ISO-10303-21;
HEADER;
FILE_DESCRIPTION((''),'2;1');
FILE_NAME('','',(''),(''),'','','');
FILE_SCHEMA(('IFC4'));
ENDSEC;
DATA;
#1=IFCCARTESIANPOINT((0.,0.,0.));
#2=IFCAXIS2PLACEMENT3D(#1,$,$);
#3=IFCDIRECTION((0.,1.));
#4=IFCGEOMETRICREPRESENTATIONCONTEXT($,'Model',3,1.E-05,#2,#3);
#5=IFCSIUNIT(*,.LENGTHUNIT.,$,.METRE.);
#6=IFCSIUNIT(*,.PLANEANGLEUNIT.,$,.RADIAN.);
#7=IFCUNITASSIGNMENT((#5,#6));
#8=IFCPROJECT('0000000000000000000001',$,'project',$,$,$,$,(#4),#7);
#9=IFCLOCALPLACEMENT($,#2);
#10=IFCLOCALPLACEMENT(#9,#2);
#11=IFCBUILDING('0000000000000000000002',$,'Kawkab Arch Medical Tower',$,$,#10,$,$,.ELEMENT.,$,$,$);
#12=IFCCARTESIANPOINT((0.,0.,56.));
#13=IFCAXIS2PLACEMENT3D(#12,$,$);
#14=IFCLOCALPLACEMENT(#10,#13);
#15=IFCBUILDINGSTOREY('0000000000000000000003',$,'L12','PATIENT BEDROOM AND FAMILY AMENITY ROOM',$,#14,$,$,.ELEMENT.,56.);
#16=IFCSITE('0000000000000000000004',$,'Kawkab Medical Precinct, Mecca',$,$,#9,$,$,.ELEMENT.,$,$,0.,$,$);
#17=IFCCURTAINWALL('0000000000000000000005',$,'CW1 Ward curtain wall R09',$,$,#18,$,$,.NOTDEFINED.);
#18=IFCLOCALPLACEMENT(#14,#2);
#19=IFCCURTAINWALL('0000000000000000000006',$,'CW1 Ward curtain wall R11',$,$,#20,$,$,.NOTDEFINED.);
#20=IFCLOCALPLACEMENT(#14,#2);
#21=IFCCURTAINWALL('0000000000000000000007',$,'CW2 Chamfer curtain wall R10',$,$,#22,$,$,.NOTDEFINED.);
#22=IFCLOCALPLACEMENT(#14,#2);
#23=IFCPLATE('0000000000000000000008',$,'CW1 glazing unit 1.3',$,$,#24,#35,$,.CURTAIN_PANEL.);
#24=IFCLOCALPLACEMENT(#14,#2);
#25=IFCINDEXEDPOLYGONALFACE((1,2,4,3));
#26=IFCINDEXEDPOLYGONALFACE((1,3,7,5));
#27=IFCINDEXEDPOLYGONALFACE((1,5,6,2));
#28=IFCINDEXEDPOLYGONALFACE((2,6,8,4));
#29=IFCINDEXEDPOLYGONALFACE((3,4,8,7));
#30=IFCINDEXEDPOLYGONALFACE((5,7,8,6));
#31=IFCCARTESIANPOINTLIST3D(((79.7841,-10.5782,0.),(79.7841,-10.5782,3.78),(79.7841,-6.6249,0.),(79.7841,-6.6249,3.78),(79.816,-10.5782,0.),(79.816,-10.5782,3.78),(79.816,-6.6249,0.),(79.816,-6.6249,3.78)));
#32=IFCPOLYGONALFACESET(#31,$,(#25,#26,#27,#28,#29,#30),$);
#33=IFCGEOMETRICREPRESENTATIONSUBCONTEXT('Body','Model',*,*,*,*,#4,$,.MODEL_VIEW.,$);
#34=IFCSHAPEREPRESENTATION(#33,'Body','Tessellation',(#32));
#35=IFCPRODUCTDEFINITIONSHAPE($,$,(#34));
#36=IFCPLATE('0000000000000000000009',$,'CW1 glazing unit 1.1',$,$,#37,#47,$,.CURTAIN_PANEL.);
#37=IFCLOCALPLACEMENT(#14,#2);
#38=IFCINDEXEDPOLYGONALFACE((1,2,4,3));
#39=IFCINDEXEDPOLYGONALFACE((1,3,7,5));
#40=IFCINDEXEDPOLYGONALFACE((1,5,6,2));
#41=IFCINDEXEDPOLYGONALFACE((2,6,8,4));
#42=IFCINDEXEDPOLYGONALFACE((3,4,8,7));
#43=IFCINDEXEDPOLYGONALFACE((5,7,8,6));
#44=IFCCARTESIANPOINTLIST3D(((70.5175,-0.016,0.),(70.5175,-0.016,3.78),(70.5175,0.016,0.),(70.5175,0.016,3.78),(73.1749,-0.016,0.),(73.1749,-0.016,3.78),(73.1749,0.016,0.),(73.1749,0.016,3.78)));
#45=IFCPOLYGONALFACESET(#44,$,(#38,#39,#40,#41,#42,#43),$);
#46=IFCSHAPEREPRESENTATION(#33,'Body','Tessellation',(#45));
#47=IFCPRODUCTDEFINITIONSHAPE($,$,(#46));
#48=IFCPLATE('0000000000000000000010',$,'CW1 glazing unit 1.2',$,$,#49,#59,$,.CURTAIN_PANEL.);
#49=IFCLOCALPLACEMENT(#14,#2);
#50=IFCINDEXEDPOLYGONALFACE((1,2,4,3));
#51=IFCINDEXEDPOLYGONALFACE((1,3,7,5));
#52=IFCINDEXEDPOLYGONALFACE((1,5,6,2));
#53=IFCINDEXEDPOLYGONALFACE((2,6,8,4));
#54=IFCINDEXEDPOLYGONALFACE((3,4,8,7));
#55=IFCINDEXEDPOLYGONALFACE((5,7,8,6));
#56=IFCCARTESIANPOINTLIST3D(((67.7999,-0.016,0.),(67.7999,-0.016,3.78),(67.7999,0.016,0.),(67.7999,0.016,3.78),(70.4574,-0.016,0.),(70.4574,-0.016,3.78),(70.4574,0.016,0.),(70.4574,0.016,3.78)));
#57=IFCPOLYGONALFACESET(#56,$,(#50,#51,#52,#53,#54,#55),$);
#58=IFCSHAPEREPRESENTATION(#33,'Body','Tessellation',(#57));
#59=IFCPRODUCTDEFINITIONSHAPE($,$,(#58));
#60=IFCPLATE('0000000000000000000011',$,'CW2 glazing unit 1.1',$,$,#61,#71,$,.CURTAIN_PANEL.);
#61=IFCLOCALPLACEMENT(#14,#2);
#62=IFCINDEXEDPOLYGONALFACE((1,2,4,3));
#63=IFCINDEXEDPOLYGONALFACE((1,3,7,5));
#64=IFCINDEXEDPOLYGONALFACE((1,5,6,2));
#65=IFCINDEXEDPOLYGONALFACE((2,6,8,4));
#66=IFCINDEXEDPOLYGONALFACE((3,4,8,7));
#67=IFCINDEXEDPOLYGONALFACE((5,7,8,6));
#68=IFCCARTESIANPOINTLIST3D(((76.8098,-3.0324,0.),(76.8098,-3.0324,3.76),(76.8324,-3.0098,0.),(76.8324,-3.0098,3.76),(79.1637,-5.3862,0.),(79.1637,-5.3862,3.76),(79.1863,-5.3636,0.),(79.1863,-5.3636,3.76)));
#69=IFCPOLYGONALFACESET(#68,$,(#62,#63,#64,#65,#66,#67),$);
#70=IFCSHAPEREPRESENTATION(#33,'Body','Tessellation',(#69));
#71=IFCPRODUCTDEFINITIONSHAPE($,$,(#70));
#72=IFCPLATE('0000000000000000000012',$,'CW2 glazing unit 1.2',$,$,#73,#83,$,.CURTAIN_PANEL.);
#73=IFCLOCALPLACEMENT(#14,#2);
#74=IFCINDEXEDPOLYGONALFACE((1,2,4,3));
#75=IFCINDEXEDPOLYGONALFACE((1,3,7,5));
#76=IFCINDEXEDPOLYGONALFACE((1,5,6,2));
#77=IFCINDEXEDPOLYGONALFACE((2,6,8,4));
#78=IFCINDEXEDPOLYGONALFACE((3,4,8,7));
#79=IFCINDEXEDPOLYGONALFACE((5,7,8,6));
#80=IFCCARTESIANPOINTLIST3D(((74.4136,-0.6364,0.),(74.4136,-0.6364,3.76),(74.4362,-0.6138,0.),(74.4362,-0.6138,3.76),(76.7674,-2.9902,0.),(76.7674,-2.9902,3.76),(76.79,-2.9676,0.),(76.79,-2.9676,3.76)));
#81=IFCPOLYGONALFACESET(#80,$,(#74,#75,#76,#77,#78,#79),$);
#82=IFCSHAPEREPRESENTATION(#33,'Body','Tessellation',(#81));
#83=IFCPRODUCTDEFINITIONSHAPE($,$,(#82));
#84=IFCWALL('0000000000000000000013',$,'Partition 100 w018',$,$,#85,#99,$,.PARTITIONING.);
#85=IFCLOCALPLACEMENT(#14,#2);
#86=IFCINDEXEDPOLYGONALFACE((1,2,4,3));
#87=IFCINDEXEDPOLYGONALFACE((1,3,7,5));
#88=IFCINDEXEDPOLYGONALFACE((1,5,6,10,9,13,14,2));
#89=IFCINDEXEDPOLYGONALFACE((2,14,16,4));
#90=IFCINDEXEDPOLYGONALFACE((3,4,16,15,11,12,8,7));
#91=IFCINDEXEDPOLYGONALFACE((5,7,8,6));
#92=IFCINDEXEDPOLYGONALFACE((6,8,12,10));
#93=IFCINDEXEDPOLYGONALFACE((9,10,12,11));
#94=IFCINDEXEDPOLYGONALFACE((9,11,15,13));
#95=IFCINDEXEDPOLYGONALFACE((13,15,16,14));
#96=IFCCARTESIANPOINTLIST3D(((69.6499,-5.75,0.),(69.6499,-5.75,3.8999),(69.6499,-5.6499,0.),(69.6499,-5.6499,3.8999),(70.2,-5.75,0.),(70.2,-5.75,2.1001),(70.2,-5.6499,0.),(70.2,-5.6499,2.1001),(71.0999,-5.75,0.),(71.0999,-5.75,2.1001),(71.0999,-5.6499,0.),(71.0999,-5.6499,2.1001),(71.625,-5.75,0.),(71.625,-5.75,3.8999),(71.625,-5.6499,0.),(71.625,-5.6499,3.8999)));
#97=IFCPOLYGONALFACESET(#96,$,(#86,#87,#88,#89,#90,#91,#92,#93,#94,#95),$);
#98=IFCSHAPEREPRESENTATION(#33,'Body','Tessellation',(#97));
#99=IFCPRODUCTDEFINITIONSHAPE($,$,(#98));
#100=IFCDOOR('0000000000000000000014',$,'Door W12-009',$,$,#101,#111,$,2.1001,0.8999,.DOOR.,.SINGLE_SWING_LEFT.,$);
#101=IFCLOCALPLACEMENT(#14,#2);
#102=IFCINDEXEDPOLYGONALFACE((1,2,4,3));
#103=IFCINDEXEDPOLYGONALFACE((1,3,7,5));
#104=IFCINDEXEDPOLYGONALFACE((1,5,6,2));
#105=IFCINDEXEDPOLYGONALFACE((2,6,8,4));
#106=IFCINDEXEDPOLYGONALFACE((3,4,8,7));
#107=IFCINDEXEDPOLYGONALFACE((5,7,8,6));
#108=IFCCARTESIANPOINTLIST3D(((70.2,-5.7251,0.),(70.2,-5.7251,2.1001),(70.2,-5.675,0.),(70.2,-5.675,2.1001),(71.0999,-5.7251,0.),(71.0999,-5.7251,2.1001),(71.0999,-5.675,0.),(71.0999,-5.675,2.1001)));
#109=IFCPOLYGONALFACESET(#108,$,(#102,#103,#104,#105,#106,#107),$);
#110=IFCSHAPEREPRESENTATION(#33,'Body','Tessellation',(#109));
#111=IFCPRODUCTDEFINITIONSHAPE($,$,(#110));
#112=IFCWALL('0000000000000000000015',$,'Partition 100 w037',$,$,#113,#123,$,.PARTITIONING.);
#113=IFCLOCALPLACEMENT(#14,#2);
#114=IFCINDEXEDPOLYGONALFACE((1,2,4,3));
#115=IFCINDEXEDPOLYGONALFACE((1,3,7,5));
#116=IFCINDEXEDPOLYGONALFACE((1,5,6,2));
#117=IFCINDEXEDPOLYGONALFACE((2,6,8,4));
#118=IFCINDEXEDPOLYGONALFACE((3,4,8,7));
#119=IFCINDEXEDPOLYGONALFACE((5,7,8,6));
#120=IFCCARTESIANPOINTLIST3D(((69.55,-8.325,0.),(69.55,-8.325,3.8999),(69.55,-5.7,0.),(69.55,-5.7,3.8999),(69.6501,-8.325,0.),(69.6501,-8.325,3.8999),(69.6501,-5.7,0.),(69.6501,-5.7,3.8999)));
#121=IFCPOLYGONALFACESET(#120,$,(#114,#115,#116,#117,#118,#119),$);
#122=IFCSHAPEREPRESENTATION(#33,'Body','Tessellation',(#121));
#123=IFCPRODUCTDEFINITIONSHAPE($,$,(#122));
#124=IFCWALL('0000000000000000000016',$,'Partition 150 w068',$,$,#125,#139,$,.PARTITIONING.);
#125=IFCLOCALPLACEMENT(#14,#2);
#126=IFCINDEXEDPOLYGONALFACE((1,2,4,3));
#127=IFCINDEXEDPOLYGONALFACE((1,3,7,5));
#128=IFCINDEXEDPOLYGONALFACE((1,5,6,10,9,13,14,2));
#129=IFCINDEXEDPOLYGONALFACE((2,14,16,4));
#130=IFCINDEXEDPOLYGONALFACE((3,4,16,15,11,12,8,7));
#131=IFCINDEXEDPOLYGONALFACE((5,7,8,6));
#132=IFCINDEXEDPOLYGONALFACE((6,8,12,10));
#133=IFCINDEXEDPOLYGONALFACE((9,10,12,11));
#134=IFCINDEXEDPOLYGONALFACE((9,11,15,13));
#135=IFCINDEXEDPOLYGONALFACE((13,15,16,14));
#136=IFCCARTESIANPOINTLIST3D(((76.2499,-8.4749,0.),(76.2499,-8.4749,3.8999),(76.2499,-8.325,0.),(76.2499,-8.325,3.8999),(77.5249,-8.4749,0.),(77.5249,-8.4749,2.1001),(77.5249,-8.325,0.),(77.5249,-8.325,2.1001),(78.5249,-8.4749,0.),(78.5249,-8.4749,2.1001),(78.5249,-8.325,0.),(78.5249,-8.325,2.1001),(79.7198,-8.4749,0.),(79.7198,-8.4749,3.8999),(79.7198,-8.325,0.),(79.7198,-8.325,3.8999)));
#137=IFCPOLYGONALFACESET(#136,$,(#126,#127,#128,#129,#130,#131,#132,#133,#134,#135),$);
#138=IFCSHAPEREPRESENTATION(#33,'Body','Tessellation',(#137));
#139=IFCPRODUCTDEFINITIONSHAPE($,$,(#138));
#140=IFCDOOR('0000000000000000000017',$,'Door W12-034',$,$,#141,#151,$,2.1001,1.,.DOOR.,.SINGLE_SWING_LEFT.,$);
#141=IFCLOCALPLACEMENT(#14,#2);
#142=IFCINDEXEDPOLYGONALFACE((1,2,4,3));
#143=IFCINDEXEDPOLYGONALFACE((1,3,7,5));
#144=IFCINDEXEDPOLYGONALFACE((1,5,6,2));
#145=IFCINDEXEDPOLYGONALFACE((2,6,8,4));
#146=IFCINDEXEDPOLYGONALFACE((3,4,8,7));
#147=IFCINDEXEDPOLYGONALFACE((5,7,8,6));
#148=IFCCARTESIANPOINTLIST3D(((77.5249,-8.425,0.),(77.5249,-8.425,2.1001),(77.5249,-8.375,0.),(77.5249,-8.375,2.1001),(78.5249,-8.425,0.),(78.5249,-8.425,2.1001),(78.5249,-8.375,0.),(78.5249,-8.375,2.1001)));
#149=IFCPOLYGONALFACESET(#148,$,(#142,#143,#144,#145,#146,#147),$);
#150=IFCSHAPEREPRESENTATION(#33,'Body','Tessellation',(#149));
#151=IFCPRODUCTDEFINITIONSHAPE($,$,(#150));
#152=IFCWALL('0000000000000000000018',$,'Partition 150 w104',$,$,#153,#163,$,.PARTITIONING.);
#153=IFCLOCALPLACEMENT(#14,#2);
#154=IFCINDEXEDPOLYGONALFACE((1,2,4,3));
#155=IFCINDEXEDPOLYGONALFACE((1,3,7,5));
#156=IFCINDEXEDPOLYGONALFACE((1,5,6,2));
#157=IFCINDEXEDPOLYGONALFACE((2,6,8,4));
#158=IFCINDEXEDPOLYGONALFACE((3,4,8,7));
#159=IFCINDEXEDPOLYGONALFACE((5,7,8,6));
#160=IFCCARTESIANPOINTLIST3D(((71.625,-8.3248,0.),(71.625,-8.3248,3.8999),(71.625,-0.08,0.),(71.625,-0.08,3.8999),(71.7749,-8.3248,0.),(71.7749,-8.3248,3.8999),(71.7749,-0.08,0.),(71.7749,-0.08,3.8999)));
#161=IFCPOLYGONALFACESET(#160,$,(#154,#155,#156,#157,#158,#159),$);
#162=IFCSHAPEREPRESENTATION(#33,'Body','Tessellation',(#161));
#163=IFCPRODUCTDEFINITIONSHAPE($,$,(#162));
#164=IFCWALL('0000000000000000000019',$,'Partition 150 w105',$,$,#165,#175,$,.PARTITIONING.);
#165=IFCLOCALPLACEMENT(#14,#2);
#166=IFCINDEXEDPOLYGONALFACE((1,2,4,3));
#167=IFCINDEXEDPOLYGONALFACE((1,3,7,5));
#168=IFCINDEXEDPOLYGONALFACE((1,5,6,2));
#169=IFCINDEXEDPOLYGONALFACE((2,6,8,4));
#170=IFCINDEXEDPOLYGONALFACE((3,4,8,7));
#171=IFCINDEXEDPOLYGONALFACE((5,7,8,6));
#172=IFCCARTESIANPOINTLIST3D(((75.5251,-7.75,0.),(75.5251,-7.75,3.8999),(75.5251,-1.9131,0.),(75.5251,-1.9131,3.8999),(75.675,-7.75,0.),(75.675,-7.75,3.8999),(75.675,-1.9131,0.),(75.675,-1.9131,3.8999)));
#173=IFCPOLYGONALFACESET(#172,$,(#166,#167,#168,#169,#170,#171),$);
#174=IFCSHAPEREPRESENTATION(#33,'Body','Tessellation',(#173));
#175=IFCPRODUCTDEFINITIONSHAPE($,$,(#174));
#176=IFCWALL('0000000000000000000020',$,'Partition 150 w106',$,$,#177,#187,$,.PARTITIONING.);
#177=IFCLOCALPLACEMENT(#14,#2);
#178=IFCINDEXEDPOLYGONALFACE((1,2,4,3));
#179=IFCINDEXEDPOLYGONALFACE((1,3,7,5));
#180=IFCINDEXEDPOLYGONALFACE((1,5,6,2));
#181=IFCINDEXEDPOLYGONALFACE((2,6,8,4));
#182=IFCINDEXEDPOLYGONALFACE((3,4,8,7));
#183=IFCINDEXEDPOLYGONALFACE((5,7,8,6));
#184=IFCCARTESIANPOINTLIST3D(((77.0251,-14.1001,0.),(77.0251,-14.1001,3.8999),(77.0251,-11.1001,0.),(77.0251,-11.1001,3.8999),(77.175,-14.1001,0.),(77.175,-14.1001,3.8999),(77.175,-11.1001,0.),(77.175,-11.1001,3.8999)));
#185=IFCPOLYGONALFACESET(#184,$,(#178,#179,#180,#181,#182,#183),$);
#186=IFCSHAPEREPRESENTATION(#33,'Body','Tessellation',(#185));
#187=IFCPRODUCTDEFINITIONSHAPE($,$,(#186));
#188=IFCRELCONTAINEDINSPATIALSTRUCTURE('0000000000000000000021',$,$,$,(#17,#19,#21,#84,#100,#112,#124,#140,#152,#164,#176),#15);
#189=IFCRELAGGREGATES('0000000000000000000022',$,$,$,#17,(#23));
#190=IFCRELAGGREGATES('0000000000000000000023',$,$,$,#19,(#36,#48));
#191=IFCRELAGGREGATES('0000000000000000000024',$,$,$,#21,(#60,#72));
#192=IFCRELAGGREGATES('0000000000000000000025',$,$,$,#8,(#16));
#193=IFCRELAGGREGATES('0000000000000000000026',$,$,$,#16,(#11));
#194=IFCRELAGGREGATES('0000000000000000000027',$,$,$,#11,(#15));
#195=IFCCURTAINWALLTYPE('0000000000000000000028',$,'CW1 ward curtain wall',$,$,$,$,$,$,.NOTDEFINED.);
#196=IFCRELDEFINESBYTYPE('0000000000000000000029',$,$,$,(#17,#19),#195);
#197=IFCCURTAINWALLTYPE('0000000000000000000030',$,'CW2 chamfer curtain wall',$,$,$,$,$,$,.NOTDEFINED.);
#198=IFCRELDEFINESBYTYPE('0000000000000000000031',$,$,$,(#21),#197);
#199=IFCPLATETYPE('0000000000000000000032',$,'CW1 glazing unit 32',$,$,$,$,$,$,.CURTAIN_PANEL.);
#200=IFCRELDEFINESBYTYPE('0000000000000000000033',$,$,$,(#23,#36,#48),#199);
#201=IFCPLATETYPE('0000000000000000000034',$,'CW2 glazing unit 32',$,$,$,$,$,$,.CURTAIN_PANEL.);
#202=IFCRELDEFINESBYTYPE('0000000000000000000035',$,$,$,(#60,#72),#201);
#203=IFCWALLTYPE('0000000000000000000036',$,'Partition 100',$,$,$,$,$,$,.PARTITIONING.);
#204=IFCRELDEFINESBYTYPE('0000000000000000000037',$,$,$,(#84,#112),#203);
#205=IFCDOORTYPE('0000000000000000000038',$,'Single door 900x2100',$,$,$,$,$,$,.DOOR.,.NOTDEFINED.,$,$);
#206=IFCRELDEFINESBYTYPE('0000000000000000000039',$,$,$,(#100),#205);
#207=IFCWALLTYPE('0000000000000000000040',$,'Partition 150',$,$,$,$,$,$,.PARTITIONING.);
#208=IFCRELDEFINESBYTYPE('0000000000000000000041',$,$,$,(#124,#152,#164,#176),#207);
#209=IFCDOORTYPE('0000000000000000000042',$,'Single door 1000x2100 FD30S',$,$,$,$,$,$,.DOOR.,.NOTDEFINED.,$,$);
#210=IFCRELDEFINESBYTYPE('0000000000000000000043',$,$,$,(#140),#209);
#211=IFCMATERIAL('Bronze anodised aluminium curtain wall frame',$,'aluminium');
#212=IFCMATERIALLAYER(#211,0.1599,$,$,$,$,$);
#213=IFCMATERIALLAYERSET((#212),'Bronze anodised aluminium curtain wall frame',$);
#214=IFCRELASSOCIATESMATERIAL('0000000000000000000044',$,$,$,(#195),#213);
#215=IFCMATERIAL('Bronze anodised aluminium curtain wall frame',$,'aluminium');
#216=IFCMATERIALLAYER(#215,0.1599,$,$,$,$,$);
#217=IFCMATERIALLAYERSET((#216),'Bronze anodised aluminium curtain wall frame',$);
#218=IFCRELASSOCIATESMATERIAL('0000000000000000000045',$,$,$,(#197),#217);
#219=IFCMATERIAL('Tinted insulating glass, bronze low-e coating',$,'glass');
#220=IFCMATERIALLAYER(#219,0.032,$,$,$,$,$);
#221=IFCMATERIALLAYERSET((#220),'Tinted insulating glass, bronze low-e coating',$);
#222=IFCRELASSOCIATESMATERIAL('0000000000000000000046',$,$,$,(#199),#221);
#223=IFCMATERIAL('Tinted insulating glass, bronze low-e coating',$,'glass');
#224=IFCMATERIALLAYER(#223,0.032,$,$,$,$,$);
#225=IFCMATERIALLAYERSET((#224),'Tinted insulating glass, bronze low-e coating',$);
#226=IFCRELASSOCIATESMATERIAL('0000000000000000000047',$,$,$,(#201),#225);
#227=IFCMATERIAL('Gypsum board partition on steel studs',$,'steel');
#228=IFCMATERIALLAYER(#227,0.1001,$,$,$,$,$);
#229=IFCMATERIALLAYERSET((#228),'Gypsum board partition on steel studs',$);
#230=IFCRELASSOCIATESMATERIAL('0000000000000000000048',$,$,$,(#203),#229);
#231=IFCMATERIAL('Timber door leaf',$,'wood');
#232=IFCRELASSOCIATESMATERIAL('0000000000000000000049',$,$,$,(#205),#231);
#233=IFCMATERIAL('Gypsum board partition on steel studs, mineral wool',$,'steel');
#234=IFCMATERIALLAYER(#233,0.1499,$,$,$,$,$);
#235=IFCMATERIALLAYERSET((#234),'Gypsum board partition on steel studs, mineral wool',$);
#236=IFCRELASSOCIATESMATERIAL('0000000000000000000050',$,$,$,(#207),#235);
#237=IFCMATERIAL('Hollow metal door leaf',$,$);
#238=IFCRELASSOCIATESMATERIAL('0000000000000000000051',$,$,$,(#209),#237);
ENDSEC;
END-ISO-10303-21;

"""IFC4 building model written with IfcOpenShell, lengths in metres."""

from ifc_helpers import new_model, si_unit, direction, frame, frame_2d, origin, origin_2d, place, context, subcontext, project, spatial, rectangle, extrude, material, layer, layer_set, type_object, element, fill, aggregate, save


model = new_model("IFC4")

# Units and contexts
model_context = context("Model", 3, precision=1e-05, world=origin(), true_north=direction((0.0, 1.0)))
body_context = subcontext(model_context, "Body", "Model", "MODEL_VIEW")
ifc_project = project(units=[si_unit("LENGTHUNIT", "METRE"), si_unit("PLANEANGLEUNIT", "RADIAN")], contexts=[model_context])

# Site, building, storey
site_placement = place(None, origin())
site = spatial("IfcSite", under=ifc_project, at=site_placement, Name="Kawkab Medical Precinct, Mecca", CompositionType="ELEMENT", RefElevation=0.0)
building_placement = place(site_placement, origin())
building = spatial("IfcBuilding", under=site, at=building_placement, Name="Kawkab Arch Medical Tower", CompositionType="ELEMENT")
storey_placement = place(building_placement, frame((0.0, 0.0, 56.0)))
storey = spatial("IfcBuildingStorey", under=building, at=storey_placement, Name="L12", Description="PATIENT BEDROOM AND FAMILY AMENITY ROOM", CompositionType="ELEMENT", Elevation=56.0)

# Curtain walls
ifc_material_1 = material(Name="Bronze anodised aluminium curtain wall frame", Category="aluminium")
ifc_layer_1 = layer(ifc_material_1, 0.1599)
ifc_layer_set_1 = layer_set([ifc_layer_1], Name="Bronze anodised aluminium curtain wall frame")
curtain_wall_type_1 = type_object("IfcCurtainWallType", Name="CW1 ward curtain wall", PredefinedType="NOTDEFINED", material=ifc_layer_set_1)
placement = place(storey_placement, origin())
curtain_wall_1 = element("IfcCurtainWall", 1, at=placement, inside=storey, type_object=curtain_wall_type_1, Name="CW1 Ward curtain wall R09", PredefinedType="NOTDEFINED")
curtain_wall_2 = element("IfcCurtainWall", 2, at=placement, inside=storey, type_object=curtain_wall_type_1, Name="CW1 Ward curtain wall R11", PredefinedType="NOTDEFINED")
ifc_material_2 = material(Name="Bronze anodised aluminium curtain wall frame", Category="aluminium")
ifc_layer_2 = layer(ifc_material_2, 0.1599)
ifc_layer_set_2 = layer_set([ifc_layer_2], Name="Bronze anodised aluminium curtain wall frame")
curtain_wall_type_2 = type_object("IfcCurtainWallType", Name="CW2 chamfer curtain wall", PredefinedType="NOTDEFINED", material=ifc_layer_set_2)
curtain_wall_3 = element("IfcCurtainWall", 3, at=placement, inside=storey, type_object=curtain_wall_type_2, Name="CW2 Chamfer curtain wall R10", PredefinedType="NOTDEFINED")

# Plates
ifc_material_3 = material(Name="Tinted insulating glass, bronze low-e coating", Category="glass")
ifc_layer_3 = layer(ifc_material_3, 0.032)
ifc_layer_set_3 = layer_set([ifc_layer_3], Name="Tinted insulating glass, bronze low-e coating")
plate_type_1 = type_object("IfcPlateType", Name="CW1 glazing unit 32", PredefinedType="CURTAIN_PANEL", material=ifc_layer_set_3)
plate_1_placement = place(storey_placement, frame((79.8, -8.6016, 0.0), z_axis=(0.0, 0.0, 1.0), x_axis=(0.0, 1.0, 0.0)))
plate_1 = element("IfcPlate", 4, at=plate_1_placement, type_object=plate_type_1, Name="CW1 glazing unit 1.3", PredefinedType="CURTAIN_PANEL", context=body_context, shape_type="SweptSolid", body=[
    extrude(rectangle(XDim=3.9534, YDim=0.032, at=origin_2d()), origin(), (0.0, 0.0, 1.0), 3.78),
])
aggregate(curtain_wall_1, [plate_1])
plate_2_placement = place(storey_placement, frame((71.8462, 0.0, 0.0), z_axis=(0.0, 0.0, 1.0), x_axis=(-1.0, 0.0, 0.0)))
plate_2 = element("IfcPlate", 5, at=plate_2_placement, type_object=plate_type_1, Name="CW1 glazing unit 1.1", PredefinedType="CURTAIN_PANEL", context=body_context, shape_type="SweptSolid", body=[
    extrude(rectangle(XDim=2.6575, YDim=0.032, at=origin_2d()), origin(), (0.0, 0.0, 1.0), 3.78),
])
plate_3_placement = place(storey_placement, frame((69.1287, 0.0, 0.0), z_axis=(0.0, 0.0, 1.0), x_axis=(-1.0, 0.0, 0.0)))
plate_3 = element("IfcPlate", 6, at=plate_3_placement, type_object=plate_type_1, Name="CW1 glazing unit 1.2", PredefinedType="CURTAIN_PANEL", context=body_context, shape_type="SweptSolid", body=[
    extrude(rectangle(XDim=2.6575, YDim=0.032, at=origin_2d()), origin(), (0.0, 0.0, 1.0), 3.78),
])
aggregate(curtain_wall_2, [plate_2, plate_3])
ifc_material_4 = material(Name="Tinted insulating glass, bronze low-e coating", Category="glass")
ifc_layer_4 = layer(ifc_material_4, 0.032)
ifc_layer_set_4 = layer_set([ifc_layer_4], Name="Tinted insulating glass, bronze low-e coating")
plate_type_2 = type_object("IfcPlateType", Name="CW2 glazing unit 32", PredefinedType="CURTAIN_PANEL", material=ifc_layer_set_4)
plate_4_placement = place(storey_placement, frame((77.998, -4.198, 0.0), z_axis=(0.0, 0.0, 1.0), x_axis=(-0.707107, 0.707107, 0.0)))
plate_4 = element("IfcPlate", 7, at=plate_4_placement, type_object=plate_type_2, Name="CW2 glazing unit 1.1", PredefinedType="CURTAIN_PANEL", context=body_context, shape_type="SweptSolid", body=[
    extrude(rectangle(XDim=3.3289, YDim=0.032, at=origin_2d()), origin(), (0.0, 0.0, 1.0), 3.76),
])
plate_5_placement = place(storey_placement, frame((75.6018, -1.802, 0.0), z_axis=(0.0, 0.0, 1.0), x_axis=(-0.707107, 0.707107, 0.0)))
plate_5 = element("IfcPlate", 8, at=plate_5_placement, type_object=plate_type_2, Name="CW2 glazing unit 1.2", PredefinedType="CURTAIN_PANEL", context=body_context, shape_type="SweptSolid", body=[
    extrude(rectangle(XDim=3.3289, YDim=0.032, at=origin_2d()), origin(), (0.0, 0.0, 1.0), 3.76),
])
aggregate(curtain_wall_3, [plate_4, plate_5])

# Wall, opening, door
ifc_material_5 = material(Name="Gypsum board partition on steel studs", Category="steel")
ifc_layer_5 = layer(ifc_material_5, 0.1001)
ifc_layer_set_5 = layer_set([ifc_layer_5], Name="Gypsum board partition on steel studs")
wall_type_1 = type_object("IfcWallType", Name="Partition 100", PredefinedType="PARTITIONING", material=ifc_layer_set_5)
wall_1_placement = place(storey_placement, frame((69.6499, -5.7, 0.0), z_axis=(0.0, 0.0, 1.0), x_axis=(1.0, 0.0, 0.0)))
wall_1 = element("IfcWall", 9, at=wall_1_placement, inside=storey, type_object=wall_type_1, Name="Partition 100 w018", PredefinedType="PARTITIONING", context=body_context, shape_type="SweptSolid", body=[
    extrude(rectangle(XDim=1.9751, YDim=0.1001, at=frame_2d((0.9875, 0.0))), origin(), (0.0, 0.0, 1.0), 3.8999),
])
opening_1_placement = place(wall_1_placement, frame((0.55, 0.0, 0.0)))
opening_1 = element("IfcOpeningElement", 10, at=opening_1_placement, cuts=wall_1, PredefinedType="OPENING", context=body_context, shape_type="SweptSolid", body=[
    extrude(rectangle(XDim=0.8999, YDim=2.1001, at=frame_2d((0.45, 1.05))), frame((0.0, 0.0601, 0.0), z_axis=(0.0, -1.0, 0.0), x_axis=(1.0, 0.0, 0.0)), (0.0, 0.0, 1.0), 0.1201),
])
ifc_material_6 = material(Name="Timber door leaf", Category="wood")
door_type_1 = type_object("IfcDoorType", Name="Single door 900x2100", OperationType="NOTDEFINED", PredefinedType="DOOR", material=ifc_material_6)
door_1_placement = place(opening_1_placement, origin())
door_1 = element("IfcDoor", 11, at=door_1_placement, inside=storey, type_object=door_type_1, Name="Door W12-009", OperationType="SINGLE_SWING_LEFT", OverallHeight=2.1001, OverallWidth=0.8999, PredefinedType="DOOR", context=body_context, shape_type="SweptSolid", body=[
    extrude(rectangle(XDim=0.8999, YDim=2.1001, at=frame_2d((0.45, 1.05))), frame((0.0, 0.0249, 0.0), z_axis=(0.0, -1.0, 0.0), x_axis=(1.0, 0.0, 0.0)), (0.0, 0.0, 1.0), 0.05),
])
fill(opening_1, door_1)

# Wall
wall_2_placement = place(storey_placement, frame((69.6001, -8.325, 0.0), z_axis=(0.0, 0.0, 1.0), x_axis=(0.0, 1.0, 0.0)))
element("IfcWall", 12, at=wall_2_placement, inside=storey, type_object=wall_type_1, Name="Partition 100 w037", PredefinedType="PARTITIONING", context=body_context, shape_type="SweptSolid", body=[
    extrude(rectangle(XDim=2.625, YDim=0.1001, at=frame_2d((1.3125, 0.0))), origin(), (0.0, 0.0, 1.0), 3.8999),
])

# Wall, opening, door
ifc_material_7 = material(Name="Gypsum board partition on steel studs, mineral wool", Category="steel")
ifc_layer_6 = layer(ifc_material_7, 0.1499)
ifc_layer_set_6 = layer_set([ifc_layer_6], Name="Gypsum board partition on steel studs, mineral wool")
wall_type_2 = type_object("IfcWallType", Name="Partition 150", PredefinedType="PARTITIONING", material=ifc_layer_set_6)
wall_3_placement = place(storey_placement, frame((76.25, -8.3999, 0.0), z_axis=(0.0, 0.0, 1.0), x_axis=(1.0, 0.0, 0.0)))
wall_3 = element("IfcWall", 13, at=wall_3_placement, inside=storey, type_object=wall_type_2, Name="Partition 150 w068", PredefinedType="PARTITIONING", context=body_context, shape_type="SweptSolid", body=[
    extrude(rectangle(XDim=3.47, YDim=0.1499, at=frame_2d((1.7349, 0.0))), origin(), (0.0, 0.0, 1.0), 3.8999),
])
opening_2_placement = place(wall_3_placement, frame((1.2749, 0.0, 0.0)))
opening_2 = element("IfcOpeningElement", 14, at=opening_2_placement, cuts=wall_3, PredefinedType="OPENING", context=body_context, shape_type="SweptSolid", body=[
    extrude(rectangle(XDim=1.0, YDim=2.1001, at=frame_2d((0.5, 1.05))), frame((0.0, 0.085, 0.0), z_axis=(0.0, -1.0, 0.0), x_axis=(1.0, 0.0, 0.0)), (0.0, 0.0, 1.0), 0.1699),
])
ifc_material_8 = material(Name="Hollow metal door leaf")
door_type_2 = type_object("IfcDoorType", Name="Single door 1000x2100 FD30S", OperationType="NOTDEFINED", PredefinedType="DOOR", material=ifc_material_8)
door_2_placement = place(opening_2_placement, origin())
door_2 = element("IfcDoor", 15, at=door_2_placement, inside=storey, type_object=door_type_2, Name="Door W12-034", OperationType="SINGLE_SWING_LEFT", OverallHeight=2.1001, OverallWidth=1.0, PredefinedType="DOOR", context=body_context, shape_type="SweptSolid", body=[
    extrude(rectangle(XDim=1.0, YDim=2.1001, at=frame_2d((0.5, 1.05))), frame((0.0, 0.0249, 0.0), z_axis=(0.0, -1.0, 0.0), x_axis=(1.0, 0.0, 0.0)), (0.0, 0.0, 1.0), 0.05),
])
fill(opening_2, door_2)

# Walls
wall_4_placement = place(storey_placement, frame((71.7, -8.325, 0.0), z_axis=(0.0, 0.0, 1.0), x_axis=(0.0, 1.0, 0.0)))
element("IfcWall", 16, at=wall_4_placement, inside=storey, type_object=wall_type_2, Name="Partition 150 w104", PredefinedType="PARTITIONING", context=body_context, shape_type="SweptSolid", body=[
    extrude(rectangle(XDim=8.2449, YDim=0.1499, at=frame_2d((4.1226, 0.0))), origin(), (0.0, 0.0, 1.0), 3.8999),
])
wall_5_placement = place(storey_placement, frame((75.6001, -7.75, 0.0), z_axis=(0.0, 0.0, 1.0), x_axis=(0.0, 1.0, 0.0)))
element("IfcWall", 17, at=wall_5_placement, inside=storey, type_object=wall_type_2, Name="Partition 150 w105", PredefinedType="PARTITIONING", context=body_context, shape_type="SweptSolid", body=[
    extrude(rectangle(XDim=5.8369, YDim=0.1499, at=frame_2d((2.9185, 0.0))), origin(), (0.0, 0.0, 1.0), 3.8999),
])
wall_6_placement = place(storey_placement, frame((77.1001, -14.1001, 0.0), z_axis=(0.0, 0.0, 1.0), x_axis=(0.0, 1.0, 0.0)))
element("IfcWall", 18, at=wall_6_placement, inside=storey, type_object=wall_type_2, Name="Partition 150 w106", PredefinedType="PARTITIONING", context=body_context, shape_type="SweptSolid", body=[
    extrude(rectangle(XDim=3.0, YDim=0.1499, at=frame_2d((1.5, 0.0))), origin(), (0.0, 0.0, 1.0), 3.8999),
])

save(model, "model.ifc")
